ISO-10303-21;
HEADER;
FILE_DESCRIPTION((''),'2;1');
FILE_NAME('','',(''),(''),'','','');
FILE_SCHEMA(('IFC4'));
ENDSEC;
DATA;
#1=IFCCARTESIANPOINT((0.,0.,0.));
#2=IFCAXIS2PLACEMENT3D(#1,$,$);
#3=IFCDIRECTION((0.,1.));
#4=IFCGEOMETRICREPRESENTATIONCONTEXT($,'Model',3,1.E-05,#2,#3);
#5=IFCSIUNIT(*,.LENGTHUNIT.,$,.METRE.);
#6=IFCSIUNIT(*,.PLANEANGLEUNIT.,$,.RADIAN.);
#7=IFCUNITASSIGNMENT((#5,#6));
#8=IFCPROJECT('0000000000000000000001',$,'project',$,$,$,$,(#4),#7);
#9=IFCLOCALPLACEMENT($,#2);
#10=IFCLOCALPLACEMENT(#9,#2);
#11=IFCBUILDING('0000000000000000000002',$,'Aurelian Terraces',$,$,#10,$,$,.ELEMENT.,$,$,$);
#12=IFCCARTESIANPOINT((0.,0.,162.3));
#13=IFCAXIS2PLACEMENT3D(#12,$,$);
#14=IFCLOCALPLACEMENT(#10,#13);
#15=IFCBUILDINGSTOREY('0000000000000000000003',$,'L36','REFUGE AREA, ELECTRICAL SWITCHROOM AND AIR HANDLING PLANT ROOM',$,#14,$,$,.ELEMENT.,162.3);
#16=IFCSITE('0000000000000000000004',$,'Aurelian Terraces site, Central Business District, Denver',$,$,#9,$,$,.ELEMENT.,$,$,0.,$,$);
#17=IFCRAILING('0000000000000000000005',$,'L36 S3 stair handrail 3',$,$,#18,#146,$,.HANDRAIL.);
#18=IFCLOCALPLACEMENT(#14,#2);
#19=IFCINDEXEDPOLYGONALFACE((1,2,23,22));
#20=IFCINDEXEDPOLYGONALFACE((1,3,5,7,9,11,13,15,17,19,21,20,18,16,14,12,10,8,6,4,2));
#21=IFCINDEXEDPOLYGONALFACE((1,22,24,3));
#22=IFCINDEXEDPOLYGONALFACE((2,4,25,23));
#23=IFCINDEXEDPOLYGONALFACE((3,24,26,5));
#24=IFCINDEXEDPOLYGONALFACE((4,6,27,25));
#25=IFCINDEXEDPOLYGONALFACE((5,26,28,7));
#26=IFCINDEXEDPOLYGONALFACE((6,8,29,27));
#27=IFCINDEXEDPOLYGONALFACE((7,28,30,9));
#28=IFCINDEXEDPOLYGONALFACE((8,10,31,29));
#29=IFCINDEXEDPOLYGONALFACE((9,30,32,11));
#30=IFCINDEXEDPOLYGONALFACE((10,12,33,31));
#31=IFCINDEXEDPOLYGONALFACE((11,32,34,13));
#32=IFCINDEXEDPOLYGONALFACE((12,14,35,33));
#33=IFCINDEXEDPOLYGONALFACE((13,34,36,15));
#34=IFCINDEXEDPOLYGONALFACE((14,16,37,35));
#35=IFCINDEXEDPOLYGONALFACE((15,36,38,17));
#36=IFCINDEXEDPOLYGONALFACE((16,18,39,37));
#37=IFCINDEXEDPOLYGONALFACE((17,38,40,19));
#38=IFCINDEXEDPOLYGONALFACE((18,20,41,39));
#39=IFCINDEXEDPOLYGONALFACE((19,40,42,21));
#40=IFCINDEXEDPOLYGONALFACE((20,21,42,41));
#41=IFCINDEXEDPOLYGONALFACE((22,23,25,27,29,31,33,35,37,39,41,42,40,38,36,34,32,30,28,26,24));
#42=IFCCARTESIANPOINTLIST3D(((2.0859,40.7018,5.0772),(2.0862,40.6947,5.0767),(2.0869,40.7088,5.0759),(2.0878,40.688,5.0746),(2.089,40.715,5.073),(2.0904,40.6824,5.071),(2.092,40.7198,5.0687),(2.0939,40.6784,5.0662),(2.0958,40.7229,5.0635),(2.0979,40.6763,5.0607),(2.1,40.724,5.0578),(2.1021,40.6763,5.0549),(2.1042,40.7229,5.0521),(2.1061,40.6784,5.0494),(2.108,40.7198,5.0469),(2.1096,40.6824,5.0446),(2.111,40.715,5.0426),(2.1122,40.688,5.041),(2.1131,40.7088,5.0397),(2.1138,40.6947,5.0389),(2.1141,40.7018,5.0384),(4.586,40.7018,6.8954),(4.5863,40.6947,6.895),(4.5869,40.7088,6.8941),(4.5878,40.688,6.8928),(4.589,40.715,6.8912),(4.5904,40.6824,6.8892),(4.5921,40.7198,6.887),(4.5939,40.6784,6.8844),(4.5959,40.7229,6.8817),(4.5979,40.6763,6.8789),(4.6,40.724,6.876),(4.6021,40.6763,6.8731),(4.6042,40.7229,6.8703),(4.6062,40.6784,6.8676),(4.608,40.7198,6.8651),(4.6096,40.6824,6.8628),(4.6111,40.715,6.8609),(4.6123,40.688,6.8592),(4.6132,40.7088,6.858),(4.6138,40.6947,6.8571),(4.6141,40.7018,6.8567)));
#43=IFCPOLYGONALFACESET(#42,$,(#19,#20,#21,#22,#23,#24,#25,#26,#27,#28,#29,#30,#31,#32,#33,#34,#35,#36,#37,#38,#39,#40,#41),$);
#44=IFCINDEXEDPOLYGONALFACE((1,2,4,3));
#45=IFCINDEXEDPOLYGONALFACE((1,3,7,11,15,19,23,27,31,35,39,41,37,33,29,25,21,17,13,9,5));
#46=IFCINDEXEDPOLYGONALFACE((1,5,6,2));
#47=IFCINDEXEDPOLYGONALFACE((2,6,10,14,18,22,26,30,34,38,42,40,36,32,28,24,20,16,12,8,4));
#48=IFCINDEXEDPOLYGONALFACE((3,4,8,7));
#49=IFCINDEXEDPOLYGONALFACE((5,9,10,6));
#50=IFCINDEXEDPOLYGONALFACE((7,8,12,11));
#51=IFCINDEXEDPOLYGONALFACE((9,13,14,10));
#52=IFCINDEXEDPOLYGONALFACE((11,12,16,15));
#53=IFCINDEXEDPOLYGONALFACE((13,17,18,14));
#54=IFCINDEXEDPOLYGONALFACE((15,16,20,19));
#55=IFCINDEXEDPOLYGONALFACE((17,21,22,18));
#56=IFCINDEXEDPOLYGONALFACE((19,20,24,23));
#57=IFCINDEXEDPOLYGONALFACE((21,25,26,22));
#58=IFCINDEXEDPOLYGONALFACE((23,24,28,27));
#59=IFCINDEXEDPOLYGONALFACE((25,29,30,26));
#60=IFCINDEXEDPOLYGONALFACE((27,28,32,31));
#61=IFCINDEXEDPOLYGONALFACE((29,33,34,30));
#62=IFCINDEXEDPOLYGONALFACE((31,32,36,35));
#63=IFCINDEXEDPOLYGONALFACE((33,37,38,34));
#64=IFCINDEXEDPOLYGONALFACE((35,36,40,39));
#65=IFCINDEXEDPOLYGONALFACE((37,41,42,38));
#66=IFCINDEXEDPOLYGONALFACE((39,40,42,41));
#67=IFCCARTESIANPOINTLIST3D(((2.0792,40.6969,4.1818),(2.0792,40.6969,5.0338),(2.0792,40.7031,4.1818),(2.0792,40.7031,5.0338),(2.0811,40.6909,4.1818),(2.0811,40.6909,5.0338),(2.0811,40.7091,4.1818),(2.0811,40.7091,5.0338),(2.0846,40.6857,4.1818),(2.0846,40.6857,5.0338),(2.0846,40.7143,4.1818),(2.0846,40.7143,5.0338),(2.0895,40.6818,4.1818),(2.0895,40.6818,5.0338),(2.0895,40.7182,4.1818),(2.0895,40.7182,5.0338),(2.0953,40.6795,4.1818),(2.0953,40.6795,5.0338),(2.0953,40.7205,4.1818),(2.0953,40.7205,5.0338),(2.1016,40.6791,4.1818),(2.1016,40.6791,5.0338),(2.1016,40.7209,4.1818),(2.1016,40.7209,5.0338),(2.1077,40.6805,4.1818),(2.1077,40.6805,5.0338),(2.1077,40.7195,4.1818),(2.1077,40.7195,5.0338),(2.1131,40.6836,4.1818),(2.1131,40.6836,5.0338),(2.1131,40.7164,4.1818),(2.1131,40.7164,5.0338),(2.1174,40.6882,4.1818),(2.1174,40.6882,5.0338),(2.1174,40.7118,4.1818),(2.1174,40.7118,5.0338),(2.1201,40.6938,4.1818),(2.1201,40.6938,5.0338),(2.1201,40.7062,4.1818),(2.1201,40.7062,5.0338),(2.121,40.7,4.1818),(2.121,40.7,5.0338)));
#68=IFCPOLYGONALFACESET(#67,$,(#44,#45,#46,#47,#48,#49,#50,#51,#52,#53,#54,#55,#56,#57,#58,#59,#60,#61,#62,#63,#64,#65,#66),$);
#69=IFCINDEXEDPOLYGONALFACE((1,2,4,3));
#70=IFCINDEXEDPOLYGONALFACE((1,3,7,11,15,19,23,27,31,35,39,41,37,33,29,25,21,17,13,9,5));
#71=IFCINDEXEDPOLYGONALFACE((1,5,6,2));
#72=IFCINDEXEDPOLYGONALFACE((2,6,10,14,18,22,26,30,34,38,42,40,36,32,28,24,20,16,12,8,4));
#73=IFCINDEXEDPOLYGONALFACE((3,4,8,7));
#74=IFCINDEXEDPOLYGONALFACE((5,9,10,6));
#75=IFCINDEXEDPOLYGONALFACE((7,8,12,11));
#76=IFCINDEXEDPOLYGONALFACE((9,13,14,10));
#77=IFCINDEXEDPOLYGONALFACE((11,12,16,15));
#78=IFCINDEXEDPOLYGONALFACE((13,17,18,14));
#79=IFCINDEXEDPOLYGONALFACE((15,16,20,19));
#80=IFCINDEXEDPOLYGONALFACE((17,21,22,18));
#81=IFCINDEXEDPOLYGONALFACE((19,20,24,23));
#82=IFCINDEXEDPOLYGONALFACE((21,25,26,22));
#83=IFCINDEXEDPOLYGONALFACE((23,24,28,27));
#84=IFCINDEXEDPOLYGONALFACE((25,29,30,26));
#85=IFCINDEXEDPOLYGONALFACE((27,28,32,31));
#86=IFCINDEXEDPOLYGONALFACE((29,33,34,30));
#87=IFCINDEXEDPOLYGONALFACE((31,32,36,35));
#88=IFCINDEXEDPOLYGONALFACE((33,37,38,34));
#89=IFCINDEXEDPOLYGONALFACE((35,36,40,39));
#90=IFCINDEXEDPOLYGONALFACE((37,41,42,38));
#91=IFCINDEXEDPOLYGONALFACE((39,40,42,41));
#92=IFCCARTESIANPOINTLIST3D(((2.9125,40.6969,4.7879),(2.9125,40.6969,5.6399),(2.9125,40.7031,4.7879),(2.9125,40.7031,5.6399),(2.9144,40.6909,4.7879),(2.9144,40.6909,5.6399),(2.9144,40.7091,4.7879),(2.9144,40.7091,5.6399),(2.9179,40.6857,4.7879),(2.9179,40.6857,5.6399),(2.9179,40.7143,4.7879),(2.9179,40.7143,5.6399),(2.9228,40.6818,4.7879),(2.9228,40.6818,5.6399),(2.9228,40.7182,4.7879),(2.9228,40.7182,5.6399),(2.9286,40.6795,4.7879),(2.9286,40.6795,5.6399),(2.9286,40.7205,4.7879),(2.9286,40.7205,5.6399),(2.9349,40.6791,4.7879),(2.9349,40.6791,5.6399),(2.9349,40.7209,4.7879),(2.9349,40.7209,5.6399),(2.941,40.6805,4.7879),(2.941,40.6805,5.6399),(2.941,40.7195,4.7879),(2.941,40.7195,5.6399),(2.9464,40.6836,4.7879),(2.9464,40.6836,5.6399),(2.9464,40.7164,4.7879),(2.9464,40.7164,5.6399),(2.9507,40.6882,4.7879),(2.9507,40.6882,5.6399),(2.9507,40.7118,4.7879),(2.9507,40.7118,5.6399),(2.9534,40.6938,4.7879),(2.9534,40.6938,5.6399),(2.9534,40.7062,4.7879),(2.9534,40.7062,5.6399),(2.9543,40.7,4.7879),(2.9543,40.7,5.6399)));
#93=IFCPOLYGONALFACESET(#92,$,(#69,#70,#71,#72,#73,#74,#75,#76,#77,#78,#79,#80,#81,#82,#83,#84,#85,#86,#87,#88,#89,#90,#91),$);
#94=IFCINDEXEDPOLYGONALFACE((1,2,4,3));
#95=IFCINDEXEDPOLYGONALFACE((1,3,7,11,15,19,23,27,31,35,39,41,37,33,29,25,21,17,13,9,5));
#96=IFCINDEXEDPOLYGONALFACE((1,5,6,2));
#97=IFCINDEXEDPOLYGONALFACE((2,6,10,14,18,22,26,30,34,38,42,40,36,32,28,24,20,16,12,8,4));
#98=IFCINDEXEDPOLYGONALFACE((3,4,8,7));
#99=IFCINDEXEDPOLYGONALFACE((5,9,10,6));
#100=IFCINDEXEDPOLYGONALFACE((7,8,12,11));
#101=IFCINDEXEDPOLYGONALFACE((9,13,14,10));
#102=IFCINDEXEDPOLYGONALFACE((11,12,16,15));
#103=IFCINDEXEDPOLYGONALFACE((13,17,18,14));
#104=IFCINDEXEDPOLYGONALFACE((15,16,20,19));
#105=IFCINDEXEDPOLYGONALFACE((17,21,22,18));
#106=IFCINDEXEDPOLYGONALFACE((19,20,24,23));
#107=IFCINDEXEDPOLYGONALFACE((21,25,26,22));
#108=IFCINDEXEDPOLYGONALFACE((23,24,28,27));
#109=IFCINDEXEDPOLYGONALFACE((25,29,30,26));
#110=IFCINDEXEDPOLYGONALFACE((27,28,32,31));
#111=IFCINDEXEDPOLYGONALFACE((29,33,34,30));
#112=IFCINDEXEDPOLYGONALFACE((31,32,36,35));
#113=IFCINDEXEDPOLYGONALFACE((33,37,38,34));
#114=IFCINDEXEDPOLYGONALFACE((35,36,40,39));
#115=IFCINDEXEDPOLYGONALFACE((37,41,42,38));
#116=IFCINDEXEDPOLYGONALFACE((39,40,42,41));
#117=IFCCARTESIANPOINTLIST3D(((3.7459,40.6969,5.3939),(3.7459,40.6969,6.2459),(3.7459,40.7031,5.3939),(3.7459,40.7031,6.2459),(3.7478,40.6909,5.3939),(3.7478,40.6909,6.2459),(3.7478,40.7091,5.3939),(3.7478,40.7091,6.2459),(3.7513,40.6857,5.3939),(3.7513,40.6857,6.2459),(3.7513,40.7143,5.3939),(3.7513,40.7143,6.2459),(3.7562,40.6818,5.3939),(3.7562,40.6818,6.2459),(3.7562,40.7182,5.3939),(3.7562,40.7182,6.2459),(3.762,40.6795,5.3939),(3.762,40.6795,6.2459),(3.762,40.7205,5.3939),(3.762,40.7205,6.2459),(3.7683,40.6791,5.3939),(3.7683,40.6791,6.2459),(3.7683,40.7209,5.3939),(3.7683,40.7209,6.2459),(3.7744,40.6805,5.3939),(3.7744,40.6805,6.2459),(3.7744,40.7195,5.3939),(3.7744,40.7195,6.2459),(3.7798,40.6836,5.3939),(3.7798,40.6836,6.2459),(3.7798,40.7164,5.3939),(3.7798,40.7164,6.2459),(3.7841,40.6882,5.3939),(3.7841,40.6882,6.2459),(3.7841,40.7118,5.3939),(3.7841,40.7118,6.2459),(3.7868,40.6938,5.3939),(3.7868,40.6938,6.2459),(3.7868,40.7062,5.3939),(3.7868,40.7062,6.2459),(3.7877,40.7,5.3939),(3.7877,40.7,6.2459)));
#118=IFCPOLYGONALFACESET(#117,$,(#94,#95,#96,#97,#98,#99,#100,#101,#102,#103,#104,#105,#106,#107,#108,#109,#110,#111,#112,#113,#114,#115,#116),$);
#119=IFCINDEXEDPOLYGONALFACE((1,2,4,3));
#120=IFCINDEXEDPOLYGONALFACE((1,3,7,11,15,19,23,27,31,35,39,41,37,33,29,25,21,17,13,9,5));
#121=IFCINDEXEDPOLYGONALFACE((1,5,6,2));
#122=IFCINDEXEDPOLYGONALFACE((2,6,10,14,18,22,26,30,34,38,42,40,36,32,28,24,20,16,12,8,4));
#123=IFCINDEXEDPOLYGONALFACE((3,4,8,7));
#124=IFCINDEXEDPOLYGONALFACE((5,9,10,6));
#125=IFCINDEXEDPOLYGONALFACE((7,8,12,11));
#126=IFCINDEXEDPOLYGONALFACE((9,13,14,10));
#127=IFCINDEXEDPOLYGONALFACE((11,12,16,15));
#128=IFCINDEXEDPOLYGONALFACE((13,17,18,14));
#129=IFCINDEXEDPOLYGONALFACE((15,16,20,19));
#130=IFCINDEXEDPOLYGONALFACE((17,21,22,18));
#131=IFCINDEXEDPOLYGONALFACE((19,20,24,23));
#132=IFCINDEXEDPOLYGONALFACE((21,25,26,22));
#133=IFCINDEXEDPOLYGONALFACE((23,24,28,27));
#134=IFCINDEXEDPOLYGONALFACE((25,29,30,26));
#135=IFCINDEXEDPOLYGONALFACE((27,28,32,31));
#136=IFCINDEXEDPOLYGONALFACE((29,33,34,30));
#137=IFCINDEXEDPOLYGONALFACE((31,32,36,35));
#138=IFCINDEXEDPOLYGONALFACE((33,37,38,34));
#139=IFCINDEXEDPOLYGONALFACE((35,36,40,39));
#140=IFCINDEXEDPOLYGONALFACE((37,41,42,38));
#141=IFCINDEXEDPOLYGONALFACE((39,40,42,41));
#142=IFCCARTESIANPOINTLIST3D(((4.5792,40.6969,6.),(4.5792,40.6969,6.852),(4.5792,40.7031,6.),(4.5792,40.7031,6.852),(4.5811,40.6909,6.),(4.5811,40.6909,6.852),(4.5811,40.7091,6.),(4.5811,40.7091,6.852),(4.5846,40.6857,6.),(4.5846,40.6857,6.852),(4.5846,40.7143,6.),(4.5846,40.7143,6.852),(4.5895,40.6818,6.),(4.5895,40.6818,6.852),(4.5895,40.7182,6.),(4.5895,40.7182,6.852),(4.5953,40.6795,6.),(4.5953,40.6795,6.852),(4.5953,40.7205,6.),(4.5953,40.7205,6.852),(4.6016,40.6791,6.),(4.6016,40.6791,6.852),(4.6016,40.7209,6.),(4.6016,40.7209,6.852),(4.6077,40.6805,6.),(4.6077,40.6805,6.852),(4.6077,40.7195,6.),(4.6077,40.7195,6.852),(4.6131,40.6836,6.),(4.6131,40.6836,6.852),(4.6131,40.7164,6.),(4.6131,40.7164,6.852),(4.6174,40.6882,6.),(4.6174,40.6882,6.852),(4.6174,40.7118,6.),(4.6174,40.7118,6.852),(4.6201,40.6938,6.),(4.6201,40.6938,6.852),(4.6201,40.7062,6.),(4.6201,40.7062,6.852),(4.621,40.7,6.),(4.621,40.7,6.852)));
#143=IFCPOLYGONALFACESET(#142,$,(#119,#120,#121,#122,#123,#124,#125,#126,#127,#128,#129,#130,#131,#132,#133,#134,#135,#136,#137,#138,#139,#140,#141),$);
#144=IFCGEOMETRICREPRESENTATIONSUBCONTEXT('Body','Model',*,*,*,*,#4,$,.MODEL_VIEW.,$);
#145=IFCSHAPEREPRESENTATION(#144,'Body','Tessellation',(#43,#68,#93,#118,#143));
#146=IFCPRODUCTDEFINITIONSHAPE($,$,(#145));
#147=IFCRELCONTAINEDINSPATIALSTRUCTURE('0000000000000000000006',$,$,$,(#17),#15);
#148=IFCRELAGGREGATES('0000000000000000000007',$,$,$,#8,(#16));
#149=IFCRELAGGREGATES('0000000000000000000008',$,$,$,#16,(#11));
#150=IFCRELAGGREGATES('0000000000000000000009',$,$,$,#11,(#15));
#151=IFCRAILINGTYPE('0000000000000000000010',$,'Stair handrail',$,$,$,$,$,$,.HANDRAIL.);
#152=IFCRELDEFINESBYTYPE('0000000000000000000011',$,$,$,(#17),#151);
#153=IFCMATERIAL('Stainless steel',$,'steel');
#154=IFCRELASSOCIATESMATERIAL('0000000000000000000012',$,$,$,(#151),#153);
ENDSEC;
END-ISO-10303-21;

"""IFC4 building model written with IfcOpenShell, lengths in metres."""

from ifc_helpers import new_model, si_unit, direction, frame, origin, origin_2d, place, context, subcontext, project, spatial, circle, extrude, source, transform, mapped, material, type_object, element, save


model = new_model("IFC4")

# Units and contexts
model_context = context("Model", 3, precision=1e-05, world=origin(), true_north=direction((0.0, 1.0)))
body_context = subcontext(model_context, "Body", "Model", "MODEL_VIEW")
ifc_project = project(units=[si_unit("LENGTHUNIT", "METRE"), si_unit("PLANEANGLEUNIT", "RADIAN")], contexts=[model_context])

# Site, building, storey
site_placement = place(None, origin())
site = spatial("IfcSite", under=ifc_project, at=site_placement, Name="Aurelian Terraces site, Central Business District, Denver", CompositionType="ELEMENT", RefElevation=0.0)
building_placement = place(site_placement, origin())
building = spatial("IfcBuilding", under=site, at=building_placement, Name="Aurelian Terraces", CompositionType="ELEMENT")
storey_placement = place(building_placement, frame((0.0, 0.0, 162.3)))
storey = spatial("IfcBuildingStorey", under=building, at=storey_placement, Name="L36", Description="REFUGE AREA, ELECTRICAL SWITCHROOM AND AIR HANDLING PLANT ROOM", CompositionType="ELEMENT", Elevation=162.3)

# Railing
ifc_material_1 = material(Name="Stainless steel", Category="steel")
railing_type_1 = type_object("IfcRailingType", Name="Stair handrail", PredefinedType="HANDRAIL", material=ifc_material_1)
shared_shape_1 = source(origin(), body_context, "Body", "SweptSolid", [
    extrude(circle(Radius=0.024, at=origin_2d()), frame((0.0, 0.0, 0.876), z_axis=(0.808733, 0.0, 0.588176), x_axis=(0.0, 1.0, 0.0)), (0.0, 0.0, 1.0), 3.0913),
    extrude(circle(Radius=0.021, at=origin_2d()), origin(), (0.0, 0.0, 1.0), 0.852),
    extrude(circle(Radius=0.021, at=origin_2d()), frame((0.8333, 0.0, 0.6061)), (0.0, 0.0, 1.0), 0.852),
    extrude(circle(Radius=0.021, at=origin_2d()), frame((1.6667, 0.0, 1.2121)), (0.0, 0.0, 1.0), 0.852),
    extrude(circle(Radius=0.021, at=origin_2d()), frame((2.5, 0.0, 1.8182)), (0.0, 0.0, 1.0), 0.852),
])
railing_1_placement = place(storey_placement, frame((2.1, 40.7, 4.1818)))
element("IfcRailing", 1, at=railing_1_placement, inside=storey, type_object=railing_type_1, Name="L36 S3 stair handrail 3", PredefinedType="HANDRAIL", context=body_context, shape_type="MappedRepresentation", body=[
    mapped(shared_shape_1, transform((0.0, 0.0, 0.0), scale=1.0)),
])

save(model, "model.ifc")
